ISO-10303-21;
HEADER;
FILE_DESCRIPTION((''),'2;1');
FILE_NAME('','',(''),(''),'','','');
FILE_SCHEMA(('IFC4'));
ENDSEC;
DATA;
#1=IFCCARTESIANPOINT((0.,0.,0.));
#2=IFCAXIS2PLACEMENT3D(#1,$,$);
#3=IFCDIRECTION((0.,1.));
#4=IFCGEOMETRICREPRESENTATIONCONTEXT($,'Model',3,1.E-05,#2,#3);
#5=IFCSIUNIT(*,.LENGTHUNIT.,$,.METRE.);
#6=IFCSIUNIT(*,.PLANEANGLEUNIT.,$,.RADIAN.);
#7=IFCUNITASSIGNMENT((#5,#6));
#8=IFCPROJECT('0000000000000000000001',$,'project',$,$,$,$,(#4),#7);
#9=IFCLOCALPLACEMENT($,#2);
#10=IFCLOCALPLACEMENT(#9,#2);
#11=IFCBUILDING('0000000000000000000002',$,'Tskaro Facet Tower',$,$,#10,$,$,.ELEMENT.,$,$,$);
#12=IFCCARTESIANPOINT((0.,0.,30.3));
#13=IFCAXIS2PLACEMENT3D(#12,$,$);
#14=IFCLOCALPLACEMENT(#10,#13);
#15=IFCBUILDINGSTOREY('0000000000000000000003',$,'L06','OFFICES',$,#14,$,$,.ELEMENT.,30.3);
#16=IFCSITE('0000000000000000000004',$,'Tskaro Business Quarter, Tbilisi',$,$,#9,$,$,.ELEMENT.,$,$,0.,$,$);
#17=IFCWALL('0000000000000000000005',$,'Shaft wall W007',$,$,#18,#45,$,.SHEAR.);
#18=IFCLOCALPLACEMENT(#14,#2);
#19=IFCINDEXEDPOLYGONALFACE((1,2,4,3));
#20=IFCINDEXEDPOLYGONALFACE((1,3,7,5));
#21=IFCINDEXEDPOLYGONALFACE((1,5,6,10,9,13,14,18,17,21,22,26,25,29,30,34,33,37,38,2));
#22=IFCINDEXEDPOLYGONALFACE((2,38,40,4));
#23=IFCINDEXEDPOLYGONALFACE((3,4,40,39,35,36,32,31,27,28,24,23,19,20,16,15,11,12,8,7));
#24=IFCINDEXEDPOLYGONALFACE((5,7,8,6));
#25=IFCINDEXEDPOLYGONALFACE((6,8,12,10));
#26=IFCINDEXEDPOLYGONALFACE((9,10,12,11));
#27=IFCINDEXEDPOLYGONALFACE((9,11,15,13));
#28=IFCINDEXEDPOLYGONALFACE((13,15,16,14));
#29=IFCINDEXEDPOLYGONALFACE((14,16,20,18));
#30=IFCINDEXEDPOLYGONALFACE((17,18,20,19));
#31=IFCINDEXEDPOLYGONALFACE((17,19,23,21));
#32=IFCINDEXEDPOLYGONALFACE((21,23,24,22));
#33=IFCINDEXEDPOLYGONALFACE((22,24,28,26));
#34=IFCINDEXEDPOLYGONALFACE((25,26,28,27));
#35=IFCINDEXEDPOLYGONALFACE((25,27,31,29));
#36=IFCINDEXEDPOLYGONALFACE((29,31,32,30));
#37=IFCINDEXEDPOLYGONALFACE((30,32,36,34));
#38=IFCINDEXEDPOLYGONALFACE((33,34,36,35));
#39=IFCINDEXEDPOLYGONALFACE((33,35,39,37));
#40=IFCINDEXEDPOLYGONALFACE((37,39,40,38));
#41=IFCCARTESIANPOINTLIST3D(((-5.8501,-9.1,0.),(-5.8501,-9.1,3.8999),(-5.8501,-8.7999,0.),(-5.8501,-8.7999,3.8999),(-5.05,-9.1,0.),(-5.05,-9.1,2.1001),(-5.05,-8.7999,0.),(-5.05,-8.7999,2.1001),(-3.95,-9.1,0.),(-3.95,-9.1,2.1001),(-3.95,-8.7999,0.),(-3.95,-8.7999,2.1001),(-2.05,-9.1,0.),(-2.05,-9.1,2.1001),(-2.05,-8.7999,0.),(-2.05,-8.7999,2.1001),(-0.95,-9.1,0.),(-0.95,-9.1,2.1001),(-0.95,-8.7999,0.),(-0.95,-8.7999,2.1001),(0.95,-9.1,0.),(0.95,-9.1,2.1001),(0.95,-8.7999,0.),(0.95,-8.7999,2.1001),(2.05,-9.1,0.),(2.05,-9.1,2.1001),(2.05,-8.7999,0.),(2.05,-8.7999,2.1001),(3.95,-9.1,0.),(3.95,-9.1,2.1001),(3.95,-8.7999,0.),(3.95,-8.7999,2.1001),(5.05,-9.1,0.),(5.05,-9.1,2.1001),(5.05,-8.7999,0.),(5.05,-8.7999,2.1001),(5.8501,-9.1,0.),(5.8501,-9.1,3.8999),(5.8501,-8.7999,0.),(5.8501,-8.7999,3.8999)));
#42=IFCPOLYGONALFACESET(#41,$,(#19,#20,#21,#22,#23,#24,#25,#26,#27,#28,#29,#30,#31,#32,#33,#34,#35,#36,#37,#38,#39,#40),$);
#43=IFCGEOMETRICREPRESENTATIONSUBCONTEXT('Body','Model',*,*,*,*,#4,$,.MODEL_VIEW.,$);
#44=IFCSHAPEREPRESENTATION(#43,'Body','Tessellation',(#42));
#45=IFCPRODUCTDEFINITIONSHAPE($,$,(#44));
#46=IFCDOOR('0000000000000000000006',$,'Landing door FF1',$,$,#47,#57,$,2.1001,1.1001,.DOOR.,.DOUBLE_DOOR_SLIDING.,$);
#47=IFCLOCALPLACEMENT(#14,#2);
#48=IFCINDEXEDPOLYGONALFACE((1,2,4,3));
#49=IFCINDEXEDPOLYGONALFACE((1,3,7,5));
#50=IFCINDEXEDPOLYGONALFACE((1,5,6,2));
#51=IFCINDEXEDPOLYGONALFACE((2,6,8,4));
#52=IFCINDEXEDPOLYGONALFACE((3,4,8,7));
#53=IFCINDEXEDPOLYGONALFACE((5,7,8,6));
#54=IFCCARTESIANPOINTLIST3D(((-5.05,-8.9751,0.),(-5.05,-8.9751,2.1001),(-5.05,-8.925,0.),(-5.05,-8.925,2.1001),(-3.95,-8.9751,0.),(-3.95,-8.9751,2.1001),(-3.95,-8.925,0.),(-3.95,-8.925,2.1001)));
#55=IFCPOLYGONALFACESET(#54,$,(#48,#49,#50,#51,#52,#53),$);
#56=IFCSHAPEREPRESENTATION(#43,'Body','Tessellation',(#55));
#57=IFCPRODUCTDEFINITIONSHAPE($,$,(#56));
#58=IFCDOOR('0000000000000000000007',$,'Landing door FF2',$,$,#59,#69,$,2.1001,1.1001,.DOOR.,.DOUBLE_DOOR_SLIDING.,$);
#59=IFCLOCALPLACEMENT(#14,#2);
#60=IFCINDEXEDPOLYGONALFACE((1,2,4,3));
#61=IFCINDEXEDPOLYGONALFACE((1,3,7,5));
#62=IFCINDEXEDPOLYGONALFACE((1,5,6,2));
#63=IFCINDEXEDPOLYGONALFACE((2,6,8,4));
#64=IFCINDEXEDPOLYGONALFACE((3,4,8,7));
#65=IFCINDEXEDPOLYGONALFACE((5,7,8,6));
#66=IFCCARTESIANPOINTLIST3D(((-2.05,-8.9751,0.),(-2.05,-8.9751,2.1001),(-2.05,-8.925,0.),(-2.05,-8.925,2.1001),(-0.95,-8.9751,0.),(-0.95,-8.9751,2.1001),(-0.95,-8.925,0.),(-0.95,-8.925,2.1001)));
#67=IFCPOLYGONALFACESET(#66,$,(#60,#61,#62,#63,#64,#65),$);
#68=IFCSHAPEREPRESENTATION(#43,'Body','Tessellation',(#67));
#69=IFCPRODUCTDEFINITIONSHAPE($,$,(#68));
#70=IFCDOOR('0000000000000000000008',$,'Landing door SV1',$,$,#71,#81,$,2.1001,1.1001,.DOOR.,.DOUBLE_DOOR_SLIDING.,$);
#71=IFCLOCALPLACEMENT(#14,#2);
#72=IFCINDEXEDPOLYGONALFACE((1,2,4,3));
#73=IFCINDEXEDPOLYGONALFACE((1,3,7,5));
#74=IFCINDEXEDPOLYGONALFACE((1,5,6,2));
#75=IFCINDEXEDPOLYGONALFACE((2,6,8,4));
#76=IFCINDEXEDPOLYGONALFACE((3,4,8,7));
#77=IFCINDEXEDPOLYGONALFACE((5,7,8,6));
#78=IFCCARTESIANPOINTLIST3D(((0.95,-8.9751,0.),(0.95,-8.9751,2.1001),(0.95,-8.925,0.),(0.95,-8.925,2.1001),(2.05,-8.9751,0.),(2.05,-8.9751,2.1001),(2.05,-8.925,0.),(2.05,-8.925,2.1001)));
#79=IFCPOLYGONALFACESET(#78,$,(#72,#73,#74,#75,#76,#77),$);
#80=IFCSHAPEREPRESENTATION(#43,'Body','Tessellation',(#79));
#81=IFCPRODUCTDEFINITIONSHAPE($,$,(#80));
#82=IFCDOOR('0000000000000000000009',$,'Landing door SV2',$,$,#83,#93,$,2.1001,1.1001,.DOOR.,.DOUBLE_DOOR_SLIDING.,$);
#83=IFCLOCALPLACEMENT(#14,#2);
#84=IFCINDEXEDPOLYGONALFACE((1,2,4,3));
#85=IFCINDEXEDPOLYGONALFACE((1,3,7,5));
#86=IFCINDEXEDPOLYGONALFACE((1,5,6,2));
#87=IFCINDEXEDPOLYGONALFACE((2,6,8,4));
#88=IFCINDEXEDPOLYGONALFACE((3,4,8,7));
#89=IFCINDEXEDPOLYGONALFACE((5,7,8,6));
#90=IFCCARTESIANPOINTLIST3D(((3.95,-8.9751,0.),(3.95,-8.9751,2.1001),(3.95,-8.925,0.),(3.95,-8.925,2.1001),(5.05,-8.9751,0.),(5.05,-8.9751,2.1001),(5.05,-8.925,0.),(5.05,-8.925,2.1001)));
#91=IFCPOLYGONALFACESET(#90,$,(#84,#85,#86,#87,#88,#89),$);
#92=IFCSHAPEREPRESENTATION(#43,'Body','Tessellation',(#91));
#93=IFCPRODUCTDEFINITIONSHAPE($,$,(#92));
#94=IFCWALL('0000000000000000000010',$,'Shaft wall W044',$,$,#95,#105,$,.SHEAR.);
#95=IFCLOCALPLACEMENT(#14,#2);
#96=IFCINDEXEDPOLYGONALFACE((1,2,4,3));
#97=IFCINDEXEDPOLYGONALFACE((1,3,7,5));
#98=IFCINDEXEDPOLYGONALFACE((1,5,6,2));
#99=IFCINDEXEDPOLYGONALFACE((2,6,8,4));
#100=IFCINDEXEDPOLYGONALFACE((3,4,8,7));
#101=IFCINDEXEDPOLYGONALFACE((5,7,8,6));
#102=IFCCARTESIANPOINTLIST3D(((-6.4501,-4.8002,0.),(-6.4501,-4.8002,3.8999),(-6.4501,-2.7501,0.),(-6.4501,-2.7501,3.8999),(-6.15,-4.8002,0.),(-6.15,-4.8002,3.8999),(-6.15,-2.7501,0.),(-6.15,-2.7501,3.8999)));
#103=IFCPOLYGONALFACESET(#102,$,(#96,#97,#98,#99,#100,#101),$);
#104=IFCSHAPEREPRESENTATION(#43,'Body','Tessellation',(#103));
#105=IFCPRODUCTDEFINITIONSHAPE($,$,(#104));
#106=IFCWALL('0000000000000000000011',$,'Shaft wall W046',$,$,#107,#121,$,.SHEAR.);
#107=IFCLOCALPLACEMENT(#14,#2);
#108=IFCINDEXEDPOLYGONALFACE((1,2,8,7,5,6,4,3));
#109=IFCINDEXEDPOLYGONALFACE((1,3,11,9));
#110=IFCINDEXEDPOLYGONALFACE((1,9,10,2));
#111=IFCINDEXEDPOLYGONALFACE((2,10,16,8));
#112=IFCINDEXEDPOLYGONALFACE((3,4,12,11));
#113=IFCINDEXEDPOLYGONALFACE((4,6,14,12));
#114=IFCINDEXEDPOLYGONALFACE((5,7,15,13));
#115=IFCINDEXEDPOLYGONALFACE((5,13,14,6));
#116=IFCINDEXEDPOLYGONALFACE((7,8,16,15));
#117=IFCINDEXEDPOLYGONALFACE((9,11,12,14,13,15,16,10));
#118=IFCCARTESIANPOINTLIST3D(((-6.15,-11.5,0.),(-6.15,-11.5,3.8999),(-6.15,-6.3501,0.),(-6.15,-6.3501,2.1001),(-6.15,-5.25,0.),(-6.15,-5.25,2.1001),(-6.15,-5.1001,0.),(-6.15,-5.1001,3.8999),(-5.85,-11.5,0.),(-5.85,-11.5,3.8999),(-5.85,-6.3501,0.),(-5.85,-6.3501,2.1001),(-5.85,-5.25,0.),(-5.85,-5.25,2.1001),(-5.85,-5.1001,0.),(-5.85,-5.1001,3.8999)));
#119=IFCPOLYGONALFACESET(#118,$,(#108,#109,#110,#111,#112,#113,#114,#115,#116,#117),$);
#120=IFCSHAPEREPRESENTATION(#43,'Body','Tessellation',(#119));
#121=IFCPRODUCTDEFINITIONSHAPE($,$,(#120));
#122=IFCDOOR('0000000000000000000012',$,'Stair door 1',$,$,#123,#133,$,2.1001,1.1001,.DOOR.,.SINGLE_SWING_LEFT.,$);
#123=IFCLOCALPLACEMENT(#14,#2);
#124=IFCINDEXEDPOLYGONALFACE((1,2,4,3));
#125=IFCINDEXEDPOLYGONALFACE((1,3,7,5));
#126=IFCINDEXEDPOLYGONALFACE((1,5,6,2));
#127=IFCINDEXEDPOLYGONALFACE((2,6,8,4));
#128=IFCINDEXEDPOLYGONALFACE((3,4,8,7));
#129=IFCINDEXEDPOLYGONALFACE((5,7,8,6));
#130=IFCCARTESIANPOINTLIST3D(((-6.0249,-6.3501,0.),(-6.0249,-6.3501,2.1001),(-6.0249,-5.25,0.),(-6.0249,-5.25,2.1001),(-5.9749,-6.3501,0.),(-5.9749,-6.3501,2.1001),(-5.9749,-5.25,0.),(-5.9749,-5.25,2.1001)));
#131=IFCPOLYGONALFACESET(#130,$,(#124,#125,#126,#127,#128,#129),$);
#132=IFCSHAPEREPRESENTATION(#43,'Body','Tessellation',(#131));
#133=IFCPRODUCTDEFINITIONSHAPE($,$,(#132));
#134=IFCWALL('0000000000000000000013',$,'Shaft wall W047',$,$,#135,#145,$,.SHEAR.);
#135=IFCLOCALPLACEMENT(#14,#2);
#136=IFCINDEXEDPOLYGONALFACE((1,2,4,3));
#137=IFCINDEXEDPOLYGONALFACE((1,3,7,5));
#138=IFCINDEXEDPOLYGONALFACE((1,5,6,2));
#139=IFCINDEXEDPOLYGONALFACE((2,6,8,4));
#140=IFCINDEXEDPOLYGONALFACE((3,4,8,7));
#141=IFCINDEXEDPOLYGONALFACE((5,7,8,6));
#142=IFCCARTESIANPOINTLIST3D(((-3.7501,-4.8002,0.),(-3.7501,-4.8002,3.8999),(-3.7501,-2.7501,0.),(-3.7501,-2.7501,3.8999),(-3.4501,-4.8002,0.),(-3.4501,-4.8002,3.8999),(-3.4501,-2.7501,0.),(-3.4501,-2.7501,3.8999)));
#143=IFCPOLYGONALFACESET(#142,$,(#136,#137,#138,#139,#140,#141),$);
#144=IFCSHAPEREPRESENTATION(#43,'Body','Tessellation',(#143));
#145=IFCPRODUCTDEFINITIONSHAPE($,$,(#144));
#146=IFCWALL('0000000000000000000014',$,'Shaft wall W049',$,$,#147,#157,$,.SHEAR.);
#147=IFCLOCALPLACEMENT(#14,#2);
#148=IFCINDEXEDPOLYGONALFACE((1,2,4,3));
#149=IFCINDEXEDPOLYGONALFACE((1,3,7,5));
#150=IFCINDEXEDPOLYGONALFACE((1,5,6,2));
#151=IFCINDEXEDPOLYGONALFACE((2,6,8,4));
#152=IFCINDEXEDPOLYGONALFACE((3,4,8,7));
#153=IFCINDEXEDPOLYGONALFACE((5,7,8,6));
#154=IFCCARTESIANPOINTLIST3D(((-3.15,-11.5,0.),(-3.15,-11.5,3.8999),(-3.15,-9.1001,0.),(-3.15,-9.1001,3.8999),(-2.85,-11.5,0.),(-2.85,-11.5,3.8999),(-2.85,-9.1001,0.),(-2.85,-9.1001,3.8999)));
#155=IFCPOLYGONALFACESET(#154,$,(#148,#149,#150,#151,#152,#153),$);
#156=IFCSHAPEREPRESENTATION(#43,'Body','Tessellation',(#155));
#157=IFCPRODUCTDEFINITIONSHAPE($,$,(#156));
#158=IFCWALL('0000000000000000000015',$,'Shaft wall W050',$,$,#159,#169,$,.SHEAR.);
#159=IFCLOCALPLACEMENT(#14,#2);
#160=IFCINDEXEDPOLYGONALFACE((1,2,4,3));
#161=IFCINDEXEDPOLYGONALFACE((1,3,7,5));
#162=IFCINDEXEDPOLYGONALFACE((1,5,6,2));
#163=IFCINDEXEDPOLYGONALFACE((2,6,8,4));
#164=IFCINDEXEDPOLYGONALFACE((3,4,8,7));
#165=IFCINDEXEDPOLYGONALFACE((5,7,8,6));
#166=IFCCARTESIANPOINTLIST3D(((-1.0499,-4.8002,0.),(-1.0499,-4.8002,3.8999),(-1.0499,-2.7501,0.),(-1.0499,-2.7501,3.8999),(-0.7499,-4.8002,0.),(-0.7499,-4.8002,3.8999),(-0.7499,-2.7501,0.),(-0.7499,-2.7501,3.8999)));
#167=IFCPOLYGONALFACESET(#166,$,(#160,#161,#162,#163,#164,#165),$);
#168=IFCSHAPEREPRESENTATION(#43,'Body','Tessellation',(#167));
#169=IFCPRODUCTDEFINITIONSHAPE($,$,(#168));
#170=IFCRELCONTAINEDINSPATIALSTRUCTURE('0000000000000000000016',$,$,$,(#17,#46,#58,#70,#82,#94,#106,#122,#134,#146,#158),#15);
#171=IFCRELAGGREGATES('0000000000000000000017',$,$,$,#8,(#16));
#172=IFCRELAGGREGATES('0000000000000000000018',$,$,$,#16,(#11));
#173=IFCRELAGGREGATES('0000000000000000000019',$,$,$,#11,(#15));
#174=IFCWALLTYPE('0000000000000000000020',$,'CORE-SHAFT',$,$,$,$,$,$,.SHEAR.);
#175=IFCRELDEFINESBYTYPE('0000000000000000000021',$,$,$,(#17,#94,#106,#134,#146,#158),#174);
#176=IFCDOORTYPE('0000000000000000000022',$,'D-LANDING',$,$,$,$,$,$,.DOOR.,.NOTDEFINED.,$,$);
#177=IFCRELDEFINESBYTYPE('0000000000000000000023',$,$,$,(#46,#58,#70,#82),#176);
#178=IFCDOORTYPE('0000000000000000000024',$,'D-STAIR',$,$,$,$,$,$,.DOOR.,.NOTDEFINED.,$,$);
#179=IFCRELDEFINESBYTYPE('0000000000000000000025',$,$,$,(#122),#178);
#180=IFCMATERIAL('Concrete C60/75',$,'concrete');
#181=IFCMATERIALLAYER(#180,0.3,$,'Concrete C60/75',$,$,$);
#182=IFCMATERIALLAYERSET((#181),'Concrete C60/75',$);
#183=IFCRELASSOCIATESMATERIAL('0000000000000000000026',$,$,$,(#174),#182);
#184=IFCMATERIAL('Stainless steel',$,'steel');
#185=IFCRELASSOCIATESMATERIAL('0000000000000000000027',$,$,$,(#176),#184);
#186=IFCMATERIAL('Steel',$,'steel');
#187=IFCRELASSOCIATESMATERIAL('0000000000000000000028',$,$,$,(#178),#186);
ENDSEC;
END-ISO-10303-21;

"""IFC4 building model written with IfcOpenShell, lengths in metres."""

from ifc_helpers import new_model, si_unit, direction, frame, frame_2d, origin, place, context, subcontext, project, spatial, rectangle, extrude, material, layer, layer_set, type_object, element, fill, save


model = new_model("IFC4")

# Units and contexts
model_context = context("Model", 3, precision=1e-05, world=origin(), true_north=direction((0.0, 1.0)))
body_context = subcontext(model_context, "Body", "Model", "MODEL_VIEW")
ifc_project = project(units=[si_unit("LENGTHUNIT", "METRE"), si_unit("PLANEANGLEUNIT", "RADIAN")], contexts=[model_context])

# Site, building, storey
site_placement = place(None, origin())
site = spatial("IfcSite", under=ifc_project, at=site_placement, Name="Tskaro Business Quarter, Tbilisi", CompositionType="ELEMENT", RefElevation=0.0)
building_placement = place(site_placement, origin())
building = spatial("IfcBuilding", under=site, at=building_placement, Name="Tskaro Facet Tower", CompositionType="ELEMENT")
storey_placement = place(building_placement, frame((0.0, 0.0, 30.3)))
storey = spatial("IfcBuildingStorey", under=building, at=storey_placement, Name="L06", Description="OFFICES", CompositionType="ELEMENT", Elevation=30.3)

# Wall, openings, doors
ifc_material_1 = material(Name="Concrete C60/75", Category="concrete")
ifc_layer = layer(ifc_material_1, 0.3, Name="Concrete C60/75")
ifc_layer_set = layer_set([ifc_layer], Name="Concrete C60/75")
wall_type = type_object("IfcWallType", Name="CORE-SHAFT", PredefinedType="SHEAR", material=ifc_layer_set)
wall_1_placement = place(storey_placement, frame((-5.8501, -8.95, 0.0), z_axis=(0.0, 0.0, 1.0), x_axis=(1.0, 0.0, 0.0)))
wall_1 = element("IfcWall", 1, at=wall_1_placement, inside=storey, type_object=wall_type, Name="Shaft wall W007", PredefinedType="SHEAR", context=body_context, shape_type="SweptSolid", body=[
    extrude(rectangle(XDim=11.7002, YDim=0.3, at=frame_2d((5.8501, 0.0))), origin(), (0.0, 0.0, 1.0), 3.8999),
])
opening_1_placement = place(wall_1_placement, frame((0.8, 0.0, 0.0)))
opening_1 = element("IfcOpeningElement", 2, at=opening_1_placement, cuts=wall_1, PredefinedType="OPENING", context=body_context, shape_type="SweptSolid", body=[
    extrude(rectangle(XDim=1.1001, YDim=2.1001, at=frame_2d((0.55, 1.05))), frame((0.0, 0.1599, 0.0), z_axis=(0.0, -1.0, 0.0), x_axis=(1.0, 0.0, 0.0)), (0.0, 0.0, 1.0), 0.3201),
])
opening_2_placement = place(wall_1_placement, frame((3.8, 0.0, 0.0)))
opening_2 = element("IfcOpeningElement", 3, at=opening_2_placement, cuts=wall_1, PredefinedType="OPENING", context=body_context, shape_type="SweptSolid", body=[
    extrude(rectangle(XDim=1.1001, YDim=2.1001, at=frame_2d((0.55, 1.05))), frame((0.0, 0.1599, 0.0), z_axis=(0.0, -1.0, 0.0), x_axis=(1.0, 0.0, 0.0)), (0.0, 0.0, 1.0), 0.3201),
])
opening_3_placement = place(wall_1_placement, frame((6.8, 0.0, 0.0)))
opening_3 = element("IfcOpeningElement", 4, at=opening_3_placement, cuts=wall_1, PredefinedType="OPENING", context=body_context, shape_type="SweptSolid", body=[
    extrude(rectangle(XDim=1.1001, YDim=2.1001, at=frame_2d((0.55, 1.05))), frame((0.0, 0.1599, 0.0), z_axis=(0.0, -1.0, 0.0), x_axis=(1.0, 0.0, 0.0)), (0.0, 0.0, 1.0), 0.3201),
])
opening_4_placement = place(wall_1_placement, frame((9.8, 0.0, 0.0)))
opening_4 = element("IfcOpeningElement", 5, at=opening_4_placement, cuts=wall_1, PredefinedType="OPENING", context=body_context, shape_type="SweptSolid", body=[
    extrude(rectangle(XDim=1.1001, YDim=2.1001, at=frame_2d((0.55, 1.05))), frame((0.0, 0.1599, 0.0), z_axis=(0.0, -1.0, 0.0), x_axis=(1.0, 0.0, 0.0)), (0.0, 0.0, 1.0), 0.3201),
])
ifc_material_2 = material(Name="Stainless steel", Category="steel")
door_type_1 = type_object("IfcDoorType", Name="D-LANDING", OperationType="NOTDEFINED", PredefinedType="DOOR", material=ifc_material_2)
door_1_placement = place(opening_1_placement, origin())
door_1 = element("IfcDoor", 6, at=door_1_placement, inside=storey, type_object=door_type_1, Name="Landing door FF1", OperationType="DOUBLE_DOOR_SLIDING", OverallHeight=2.1001, OverallWidth=1.1001, PredefinedType="DOOR", context=body_context, shape_type="SweptSolid", body=[
    extrude(rectangle(XDim=1.1001, YDim=2.1001, at=frame_2d((0.55, 1.05))), frame((0.0, 0.0249, 0.0), z_axis=(0.0, -1.0, 0.0), x_axis=(1.0, 0.0, 0.0)), (0.0, 0.0, 1.0), 0.05),
])
fill(opening_1, door_1)
door_2_placement = place(opening_2_placement, origin())
door_2 = element("IfcDoor", 7, at=door_2_placement, inside=storey, type_object=door_type_1, Name="Landing door FF2", OperationType="DOUBLE_DOOR_SLIDING", OverallHeight=2.1001, OverallWidth=1.1001, PredefinedType="DOOR", context=body_context, shape_type="SweptSolid", body=[
    extrude(rectangle(XDim=1.1001, YDim=2.1001, at=frame_2d((0.55, 1.05))), frame((0.0, 0.0249, 0.0), z_axis=(0.0, -1.0, 0.0), x_axis=(1.0, 0.0, 0.0)), (0.0, 0.0, 1.0), 0.05),
])
fill(opening_2, door_2)
door_3_placement = place(opening_3_placement, origin())
door_3 = element("IfcDoor", 8, at=door_3_placement, inside=storey, type_object=door_type_1, Name="Landing door SV1", OperationType="DOUBLE_DOOR_SLIDING", OverallHeight=2.1001, OverallWidth=1.1001, PredefinedType="DOOR", context=body_context, shape_type="SweptSolid", body=[
    extrude(rectangle(XDim=1.1001, YDim=2.1001, at=frame_2d((0.55, 1.05))), frame((0.0, 0.0249, 0.0), z_axis=(0.0, -1.0, 0.0), x_axis=(1.0, 0.0, 0.0)), (0.0, 0.0, 1.0), 0.05),
])
fill(opening_3, door_3)
door_4_placement = place(opening_4_placement, origin())
door_4 = element("IfcDoor", 9, at=door_4_placement, inside=storey, type_object=door_type_1, Name="Landing door SV2", OperationType="DOUBLE_DOOR_SLIDING", OverallHeight=2.1001, OverallWidth=1.1001, PredefinedType="DOOR", context=body_context, shape_type="SweptSolid", body=[
    extrude(rectangle(XDim=1.1001, YDim=2.1001, at=frame_2d((0.55, 1.05))), frame((0.0, 0.0249, 0.0), z_axis=(0.0, -1.0, 0.0), x_axis=(1.0, 0.0, 0.0)), (0.0, 0.0, 1.0), 0.05),
])
fill(opening_4, door_4)

# Wall
wall_2_placement = place(storey_placement, frame((-6.3, -4.8, 0.0), z_axis=(0.0, 0.0, 1.0), x_axis=(0.0, 1.0, 0.0)))
element("IfcWall", 10, at=wall_2_placement, inside=storey, type_object=wall_type, Name="Shaft wall W044", PredefinedType="SHEAR", context=body_context, shape_type="SweptSolid", body=[
    extrude(rectangle(XDim=2.05, YDim=0.3, at=frame_2d((1.0249, 0.0))), origin(), (0.0, 0.0, 1.0), 3.8999),
])

# Wall, opening, door
wall_3_placement = place(storey_placement, frame((-6.0, -11.5, 0.0), z_axis=(0.0, 0.0, 1.0), x_axis=(0.0, 1.0, 0.0)))
wall_3 = element("IfcWall", 11, at=wall_3_placement, inside=storey, type_object=wall_type, Name="Shaft wall W046", PredefinedType="SHEAR", context=body_context, shape_type="SweptSolid", body=[
    extrude(rectangle(XDim=6.3999, YDim=0.3, at=frame_2d((3.2, 0.0))), origin(), (0.0, 0.0, 1.0), 3.8999),
])
opening_5_placement = place(wall_3_placement, frame((5.1499, 0.0, 0.0)))
opening_5 = element("IfcOpeningElement", 12, at=opening_5_placement, cuts=wall_3, PredefinedType="OPENING", context=body_context, shape_type="SweptSolid", body=[
    extrude(rectangle(XDim=1.1001, YDim=2.1001, at=frame_2d((0.55, 1.05))), frame((0.0, 0.1599, 0.0), z_axis=(0.0, -1.0, 0.0), x_axis=(1.0, 0.0, 0.0)), (0.0, 0.0, 1.0), 0.3201),
])
ifc_material_3 = material(Name="Steel", Category="steel")
door_type_2 = type_object("IfcDoorType", Name="D-STAIR", OperationType="NOTDEFINED", PredefinedType="DOOR", material=ifc_material_3)
door_5_placement = place(opening_5_placement, origin())
door_5 = element("IfcDoor", 13, at=door_5_placement, inside=storey, type_object=door_type_2, Name="Stair door 1", OperationType="SINGLE_SWING_LEFT", OverallHeight=2.1001, OverallWidth=1.1001, PredefinedType="DOOR", context=body_context, shape_type="SweptSolid", body=[
    extrude(rectangle(XDim=1.1001, YDim=2.1001, at=frame_2d((0.55, 1.05))), frame((0.0, 0.0249, 0.0), z_axis=(0.0, -1.0, 0.0), x_axis=(1.0, 0.0, 0.0)), (0.0, 0.0, 1.0), 0.05),
])
fill(opening_5, door_5)

# Walls
wall_4_placement = place(storey_placement, frame((-3.6001, -4.8, 0.0), z_axis=(0.0, 0.0, 1.0), x_axis=(0.0, 1.0, 0.0)))
element("IfcWall", 14, at=wall_4_placement, inside=storey, type_object=wall_type, Name="Shaft wall W047", PredefinedType="SHEAR", context=body_context, shape_type="SweptSolid", body=[
    extrude(rectangle(XDim=2.05, YDim=0.3, at=frame_2d((1.0249, 0.0))), origin(), (0.0, 0.0, 1.0), 3.8999),
])
wall_5_placement = place(storey_placement, frame((-3.0, -11.5, 0.0), z_axis=(0.0, 0.0, 1.0), x_axis=(0.0, 1.0, 0.0)))
element("IfcWall", 15, at=wall_5_placement, inside=storey, type_object=wall_type, Name="Shaft wall W049", PredefinedType="SHEAR", context=body_context, shape_type="SweptSolid", body=[
    extrude(rectangle(XDim=2.3999, YDim=0.3, at=frame_2d((1.2, 0.0))), origin(), (0.0, 0.0, 1.0), 3.8999),
])
wall_6_placement = place(storey_placement, frame((-0.8999, -4.8, 0.0), z_axis=(0.0, 0.0, 1.0), x_axis=(0.0, 1.0, 0.0)))
element("IfcWall", 16, at=wall_6_placement, inside=storey, type_object=wall_type, Name="Shaft wall W050", PredefinedType="SHEAR", context=body_context, shape_type="SweptSolid", body=[
    extrude(rectangle(XDim=2.05, YDim=0.3, at=frame_2d((1.0249, 0.0))), origin(), (0.0, 0.0, 1.0), 3.8999),
])

save(model, "model.ifc")
